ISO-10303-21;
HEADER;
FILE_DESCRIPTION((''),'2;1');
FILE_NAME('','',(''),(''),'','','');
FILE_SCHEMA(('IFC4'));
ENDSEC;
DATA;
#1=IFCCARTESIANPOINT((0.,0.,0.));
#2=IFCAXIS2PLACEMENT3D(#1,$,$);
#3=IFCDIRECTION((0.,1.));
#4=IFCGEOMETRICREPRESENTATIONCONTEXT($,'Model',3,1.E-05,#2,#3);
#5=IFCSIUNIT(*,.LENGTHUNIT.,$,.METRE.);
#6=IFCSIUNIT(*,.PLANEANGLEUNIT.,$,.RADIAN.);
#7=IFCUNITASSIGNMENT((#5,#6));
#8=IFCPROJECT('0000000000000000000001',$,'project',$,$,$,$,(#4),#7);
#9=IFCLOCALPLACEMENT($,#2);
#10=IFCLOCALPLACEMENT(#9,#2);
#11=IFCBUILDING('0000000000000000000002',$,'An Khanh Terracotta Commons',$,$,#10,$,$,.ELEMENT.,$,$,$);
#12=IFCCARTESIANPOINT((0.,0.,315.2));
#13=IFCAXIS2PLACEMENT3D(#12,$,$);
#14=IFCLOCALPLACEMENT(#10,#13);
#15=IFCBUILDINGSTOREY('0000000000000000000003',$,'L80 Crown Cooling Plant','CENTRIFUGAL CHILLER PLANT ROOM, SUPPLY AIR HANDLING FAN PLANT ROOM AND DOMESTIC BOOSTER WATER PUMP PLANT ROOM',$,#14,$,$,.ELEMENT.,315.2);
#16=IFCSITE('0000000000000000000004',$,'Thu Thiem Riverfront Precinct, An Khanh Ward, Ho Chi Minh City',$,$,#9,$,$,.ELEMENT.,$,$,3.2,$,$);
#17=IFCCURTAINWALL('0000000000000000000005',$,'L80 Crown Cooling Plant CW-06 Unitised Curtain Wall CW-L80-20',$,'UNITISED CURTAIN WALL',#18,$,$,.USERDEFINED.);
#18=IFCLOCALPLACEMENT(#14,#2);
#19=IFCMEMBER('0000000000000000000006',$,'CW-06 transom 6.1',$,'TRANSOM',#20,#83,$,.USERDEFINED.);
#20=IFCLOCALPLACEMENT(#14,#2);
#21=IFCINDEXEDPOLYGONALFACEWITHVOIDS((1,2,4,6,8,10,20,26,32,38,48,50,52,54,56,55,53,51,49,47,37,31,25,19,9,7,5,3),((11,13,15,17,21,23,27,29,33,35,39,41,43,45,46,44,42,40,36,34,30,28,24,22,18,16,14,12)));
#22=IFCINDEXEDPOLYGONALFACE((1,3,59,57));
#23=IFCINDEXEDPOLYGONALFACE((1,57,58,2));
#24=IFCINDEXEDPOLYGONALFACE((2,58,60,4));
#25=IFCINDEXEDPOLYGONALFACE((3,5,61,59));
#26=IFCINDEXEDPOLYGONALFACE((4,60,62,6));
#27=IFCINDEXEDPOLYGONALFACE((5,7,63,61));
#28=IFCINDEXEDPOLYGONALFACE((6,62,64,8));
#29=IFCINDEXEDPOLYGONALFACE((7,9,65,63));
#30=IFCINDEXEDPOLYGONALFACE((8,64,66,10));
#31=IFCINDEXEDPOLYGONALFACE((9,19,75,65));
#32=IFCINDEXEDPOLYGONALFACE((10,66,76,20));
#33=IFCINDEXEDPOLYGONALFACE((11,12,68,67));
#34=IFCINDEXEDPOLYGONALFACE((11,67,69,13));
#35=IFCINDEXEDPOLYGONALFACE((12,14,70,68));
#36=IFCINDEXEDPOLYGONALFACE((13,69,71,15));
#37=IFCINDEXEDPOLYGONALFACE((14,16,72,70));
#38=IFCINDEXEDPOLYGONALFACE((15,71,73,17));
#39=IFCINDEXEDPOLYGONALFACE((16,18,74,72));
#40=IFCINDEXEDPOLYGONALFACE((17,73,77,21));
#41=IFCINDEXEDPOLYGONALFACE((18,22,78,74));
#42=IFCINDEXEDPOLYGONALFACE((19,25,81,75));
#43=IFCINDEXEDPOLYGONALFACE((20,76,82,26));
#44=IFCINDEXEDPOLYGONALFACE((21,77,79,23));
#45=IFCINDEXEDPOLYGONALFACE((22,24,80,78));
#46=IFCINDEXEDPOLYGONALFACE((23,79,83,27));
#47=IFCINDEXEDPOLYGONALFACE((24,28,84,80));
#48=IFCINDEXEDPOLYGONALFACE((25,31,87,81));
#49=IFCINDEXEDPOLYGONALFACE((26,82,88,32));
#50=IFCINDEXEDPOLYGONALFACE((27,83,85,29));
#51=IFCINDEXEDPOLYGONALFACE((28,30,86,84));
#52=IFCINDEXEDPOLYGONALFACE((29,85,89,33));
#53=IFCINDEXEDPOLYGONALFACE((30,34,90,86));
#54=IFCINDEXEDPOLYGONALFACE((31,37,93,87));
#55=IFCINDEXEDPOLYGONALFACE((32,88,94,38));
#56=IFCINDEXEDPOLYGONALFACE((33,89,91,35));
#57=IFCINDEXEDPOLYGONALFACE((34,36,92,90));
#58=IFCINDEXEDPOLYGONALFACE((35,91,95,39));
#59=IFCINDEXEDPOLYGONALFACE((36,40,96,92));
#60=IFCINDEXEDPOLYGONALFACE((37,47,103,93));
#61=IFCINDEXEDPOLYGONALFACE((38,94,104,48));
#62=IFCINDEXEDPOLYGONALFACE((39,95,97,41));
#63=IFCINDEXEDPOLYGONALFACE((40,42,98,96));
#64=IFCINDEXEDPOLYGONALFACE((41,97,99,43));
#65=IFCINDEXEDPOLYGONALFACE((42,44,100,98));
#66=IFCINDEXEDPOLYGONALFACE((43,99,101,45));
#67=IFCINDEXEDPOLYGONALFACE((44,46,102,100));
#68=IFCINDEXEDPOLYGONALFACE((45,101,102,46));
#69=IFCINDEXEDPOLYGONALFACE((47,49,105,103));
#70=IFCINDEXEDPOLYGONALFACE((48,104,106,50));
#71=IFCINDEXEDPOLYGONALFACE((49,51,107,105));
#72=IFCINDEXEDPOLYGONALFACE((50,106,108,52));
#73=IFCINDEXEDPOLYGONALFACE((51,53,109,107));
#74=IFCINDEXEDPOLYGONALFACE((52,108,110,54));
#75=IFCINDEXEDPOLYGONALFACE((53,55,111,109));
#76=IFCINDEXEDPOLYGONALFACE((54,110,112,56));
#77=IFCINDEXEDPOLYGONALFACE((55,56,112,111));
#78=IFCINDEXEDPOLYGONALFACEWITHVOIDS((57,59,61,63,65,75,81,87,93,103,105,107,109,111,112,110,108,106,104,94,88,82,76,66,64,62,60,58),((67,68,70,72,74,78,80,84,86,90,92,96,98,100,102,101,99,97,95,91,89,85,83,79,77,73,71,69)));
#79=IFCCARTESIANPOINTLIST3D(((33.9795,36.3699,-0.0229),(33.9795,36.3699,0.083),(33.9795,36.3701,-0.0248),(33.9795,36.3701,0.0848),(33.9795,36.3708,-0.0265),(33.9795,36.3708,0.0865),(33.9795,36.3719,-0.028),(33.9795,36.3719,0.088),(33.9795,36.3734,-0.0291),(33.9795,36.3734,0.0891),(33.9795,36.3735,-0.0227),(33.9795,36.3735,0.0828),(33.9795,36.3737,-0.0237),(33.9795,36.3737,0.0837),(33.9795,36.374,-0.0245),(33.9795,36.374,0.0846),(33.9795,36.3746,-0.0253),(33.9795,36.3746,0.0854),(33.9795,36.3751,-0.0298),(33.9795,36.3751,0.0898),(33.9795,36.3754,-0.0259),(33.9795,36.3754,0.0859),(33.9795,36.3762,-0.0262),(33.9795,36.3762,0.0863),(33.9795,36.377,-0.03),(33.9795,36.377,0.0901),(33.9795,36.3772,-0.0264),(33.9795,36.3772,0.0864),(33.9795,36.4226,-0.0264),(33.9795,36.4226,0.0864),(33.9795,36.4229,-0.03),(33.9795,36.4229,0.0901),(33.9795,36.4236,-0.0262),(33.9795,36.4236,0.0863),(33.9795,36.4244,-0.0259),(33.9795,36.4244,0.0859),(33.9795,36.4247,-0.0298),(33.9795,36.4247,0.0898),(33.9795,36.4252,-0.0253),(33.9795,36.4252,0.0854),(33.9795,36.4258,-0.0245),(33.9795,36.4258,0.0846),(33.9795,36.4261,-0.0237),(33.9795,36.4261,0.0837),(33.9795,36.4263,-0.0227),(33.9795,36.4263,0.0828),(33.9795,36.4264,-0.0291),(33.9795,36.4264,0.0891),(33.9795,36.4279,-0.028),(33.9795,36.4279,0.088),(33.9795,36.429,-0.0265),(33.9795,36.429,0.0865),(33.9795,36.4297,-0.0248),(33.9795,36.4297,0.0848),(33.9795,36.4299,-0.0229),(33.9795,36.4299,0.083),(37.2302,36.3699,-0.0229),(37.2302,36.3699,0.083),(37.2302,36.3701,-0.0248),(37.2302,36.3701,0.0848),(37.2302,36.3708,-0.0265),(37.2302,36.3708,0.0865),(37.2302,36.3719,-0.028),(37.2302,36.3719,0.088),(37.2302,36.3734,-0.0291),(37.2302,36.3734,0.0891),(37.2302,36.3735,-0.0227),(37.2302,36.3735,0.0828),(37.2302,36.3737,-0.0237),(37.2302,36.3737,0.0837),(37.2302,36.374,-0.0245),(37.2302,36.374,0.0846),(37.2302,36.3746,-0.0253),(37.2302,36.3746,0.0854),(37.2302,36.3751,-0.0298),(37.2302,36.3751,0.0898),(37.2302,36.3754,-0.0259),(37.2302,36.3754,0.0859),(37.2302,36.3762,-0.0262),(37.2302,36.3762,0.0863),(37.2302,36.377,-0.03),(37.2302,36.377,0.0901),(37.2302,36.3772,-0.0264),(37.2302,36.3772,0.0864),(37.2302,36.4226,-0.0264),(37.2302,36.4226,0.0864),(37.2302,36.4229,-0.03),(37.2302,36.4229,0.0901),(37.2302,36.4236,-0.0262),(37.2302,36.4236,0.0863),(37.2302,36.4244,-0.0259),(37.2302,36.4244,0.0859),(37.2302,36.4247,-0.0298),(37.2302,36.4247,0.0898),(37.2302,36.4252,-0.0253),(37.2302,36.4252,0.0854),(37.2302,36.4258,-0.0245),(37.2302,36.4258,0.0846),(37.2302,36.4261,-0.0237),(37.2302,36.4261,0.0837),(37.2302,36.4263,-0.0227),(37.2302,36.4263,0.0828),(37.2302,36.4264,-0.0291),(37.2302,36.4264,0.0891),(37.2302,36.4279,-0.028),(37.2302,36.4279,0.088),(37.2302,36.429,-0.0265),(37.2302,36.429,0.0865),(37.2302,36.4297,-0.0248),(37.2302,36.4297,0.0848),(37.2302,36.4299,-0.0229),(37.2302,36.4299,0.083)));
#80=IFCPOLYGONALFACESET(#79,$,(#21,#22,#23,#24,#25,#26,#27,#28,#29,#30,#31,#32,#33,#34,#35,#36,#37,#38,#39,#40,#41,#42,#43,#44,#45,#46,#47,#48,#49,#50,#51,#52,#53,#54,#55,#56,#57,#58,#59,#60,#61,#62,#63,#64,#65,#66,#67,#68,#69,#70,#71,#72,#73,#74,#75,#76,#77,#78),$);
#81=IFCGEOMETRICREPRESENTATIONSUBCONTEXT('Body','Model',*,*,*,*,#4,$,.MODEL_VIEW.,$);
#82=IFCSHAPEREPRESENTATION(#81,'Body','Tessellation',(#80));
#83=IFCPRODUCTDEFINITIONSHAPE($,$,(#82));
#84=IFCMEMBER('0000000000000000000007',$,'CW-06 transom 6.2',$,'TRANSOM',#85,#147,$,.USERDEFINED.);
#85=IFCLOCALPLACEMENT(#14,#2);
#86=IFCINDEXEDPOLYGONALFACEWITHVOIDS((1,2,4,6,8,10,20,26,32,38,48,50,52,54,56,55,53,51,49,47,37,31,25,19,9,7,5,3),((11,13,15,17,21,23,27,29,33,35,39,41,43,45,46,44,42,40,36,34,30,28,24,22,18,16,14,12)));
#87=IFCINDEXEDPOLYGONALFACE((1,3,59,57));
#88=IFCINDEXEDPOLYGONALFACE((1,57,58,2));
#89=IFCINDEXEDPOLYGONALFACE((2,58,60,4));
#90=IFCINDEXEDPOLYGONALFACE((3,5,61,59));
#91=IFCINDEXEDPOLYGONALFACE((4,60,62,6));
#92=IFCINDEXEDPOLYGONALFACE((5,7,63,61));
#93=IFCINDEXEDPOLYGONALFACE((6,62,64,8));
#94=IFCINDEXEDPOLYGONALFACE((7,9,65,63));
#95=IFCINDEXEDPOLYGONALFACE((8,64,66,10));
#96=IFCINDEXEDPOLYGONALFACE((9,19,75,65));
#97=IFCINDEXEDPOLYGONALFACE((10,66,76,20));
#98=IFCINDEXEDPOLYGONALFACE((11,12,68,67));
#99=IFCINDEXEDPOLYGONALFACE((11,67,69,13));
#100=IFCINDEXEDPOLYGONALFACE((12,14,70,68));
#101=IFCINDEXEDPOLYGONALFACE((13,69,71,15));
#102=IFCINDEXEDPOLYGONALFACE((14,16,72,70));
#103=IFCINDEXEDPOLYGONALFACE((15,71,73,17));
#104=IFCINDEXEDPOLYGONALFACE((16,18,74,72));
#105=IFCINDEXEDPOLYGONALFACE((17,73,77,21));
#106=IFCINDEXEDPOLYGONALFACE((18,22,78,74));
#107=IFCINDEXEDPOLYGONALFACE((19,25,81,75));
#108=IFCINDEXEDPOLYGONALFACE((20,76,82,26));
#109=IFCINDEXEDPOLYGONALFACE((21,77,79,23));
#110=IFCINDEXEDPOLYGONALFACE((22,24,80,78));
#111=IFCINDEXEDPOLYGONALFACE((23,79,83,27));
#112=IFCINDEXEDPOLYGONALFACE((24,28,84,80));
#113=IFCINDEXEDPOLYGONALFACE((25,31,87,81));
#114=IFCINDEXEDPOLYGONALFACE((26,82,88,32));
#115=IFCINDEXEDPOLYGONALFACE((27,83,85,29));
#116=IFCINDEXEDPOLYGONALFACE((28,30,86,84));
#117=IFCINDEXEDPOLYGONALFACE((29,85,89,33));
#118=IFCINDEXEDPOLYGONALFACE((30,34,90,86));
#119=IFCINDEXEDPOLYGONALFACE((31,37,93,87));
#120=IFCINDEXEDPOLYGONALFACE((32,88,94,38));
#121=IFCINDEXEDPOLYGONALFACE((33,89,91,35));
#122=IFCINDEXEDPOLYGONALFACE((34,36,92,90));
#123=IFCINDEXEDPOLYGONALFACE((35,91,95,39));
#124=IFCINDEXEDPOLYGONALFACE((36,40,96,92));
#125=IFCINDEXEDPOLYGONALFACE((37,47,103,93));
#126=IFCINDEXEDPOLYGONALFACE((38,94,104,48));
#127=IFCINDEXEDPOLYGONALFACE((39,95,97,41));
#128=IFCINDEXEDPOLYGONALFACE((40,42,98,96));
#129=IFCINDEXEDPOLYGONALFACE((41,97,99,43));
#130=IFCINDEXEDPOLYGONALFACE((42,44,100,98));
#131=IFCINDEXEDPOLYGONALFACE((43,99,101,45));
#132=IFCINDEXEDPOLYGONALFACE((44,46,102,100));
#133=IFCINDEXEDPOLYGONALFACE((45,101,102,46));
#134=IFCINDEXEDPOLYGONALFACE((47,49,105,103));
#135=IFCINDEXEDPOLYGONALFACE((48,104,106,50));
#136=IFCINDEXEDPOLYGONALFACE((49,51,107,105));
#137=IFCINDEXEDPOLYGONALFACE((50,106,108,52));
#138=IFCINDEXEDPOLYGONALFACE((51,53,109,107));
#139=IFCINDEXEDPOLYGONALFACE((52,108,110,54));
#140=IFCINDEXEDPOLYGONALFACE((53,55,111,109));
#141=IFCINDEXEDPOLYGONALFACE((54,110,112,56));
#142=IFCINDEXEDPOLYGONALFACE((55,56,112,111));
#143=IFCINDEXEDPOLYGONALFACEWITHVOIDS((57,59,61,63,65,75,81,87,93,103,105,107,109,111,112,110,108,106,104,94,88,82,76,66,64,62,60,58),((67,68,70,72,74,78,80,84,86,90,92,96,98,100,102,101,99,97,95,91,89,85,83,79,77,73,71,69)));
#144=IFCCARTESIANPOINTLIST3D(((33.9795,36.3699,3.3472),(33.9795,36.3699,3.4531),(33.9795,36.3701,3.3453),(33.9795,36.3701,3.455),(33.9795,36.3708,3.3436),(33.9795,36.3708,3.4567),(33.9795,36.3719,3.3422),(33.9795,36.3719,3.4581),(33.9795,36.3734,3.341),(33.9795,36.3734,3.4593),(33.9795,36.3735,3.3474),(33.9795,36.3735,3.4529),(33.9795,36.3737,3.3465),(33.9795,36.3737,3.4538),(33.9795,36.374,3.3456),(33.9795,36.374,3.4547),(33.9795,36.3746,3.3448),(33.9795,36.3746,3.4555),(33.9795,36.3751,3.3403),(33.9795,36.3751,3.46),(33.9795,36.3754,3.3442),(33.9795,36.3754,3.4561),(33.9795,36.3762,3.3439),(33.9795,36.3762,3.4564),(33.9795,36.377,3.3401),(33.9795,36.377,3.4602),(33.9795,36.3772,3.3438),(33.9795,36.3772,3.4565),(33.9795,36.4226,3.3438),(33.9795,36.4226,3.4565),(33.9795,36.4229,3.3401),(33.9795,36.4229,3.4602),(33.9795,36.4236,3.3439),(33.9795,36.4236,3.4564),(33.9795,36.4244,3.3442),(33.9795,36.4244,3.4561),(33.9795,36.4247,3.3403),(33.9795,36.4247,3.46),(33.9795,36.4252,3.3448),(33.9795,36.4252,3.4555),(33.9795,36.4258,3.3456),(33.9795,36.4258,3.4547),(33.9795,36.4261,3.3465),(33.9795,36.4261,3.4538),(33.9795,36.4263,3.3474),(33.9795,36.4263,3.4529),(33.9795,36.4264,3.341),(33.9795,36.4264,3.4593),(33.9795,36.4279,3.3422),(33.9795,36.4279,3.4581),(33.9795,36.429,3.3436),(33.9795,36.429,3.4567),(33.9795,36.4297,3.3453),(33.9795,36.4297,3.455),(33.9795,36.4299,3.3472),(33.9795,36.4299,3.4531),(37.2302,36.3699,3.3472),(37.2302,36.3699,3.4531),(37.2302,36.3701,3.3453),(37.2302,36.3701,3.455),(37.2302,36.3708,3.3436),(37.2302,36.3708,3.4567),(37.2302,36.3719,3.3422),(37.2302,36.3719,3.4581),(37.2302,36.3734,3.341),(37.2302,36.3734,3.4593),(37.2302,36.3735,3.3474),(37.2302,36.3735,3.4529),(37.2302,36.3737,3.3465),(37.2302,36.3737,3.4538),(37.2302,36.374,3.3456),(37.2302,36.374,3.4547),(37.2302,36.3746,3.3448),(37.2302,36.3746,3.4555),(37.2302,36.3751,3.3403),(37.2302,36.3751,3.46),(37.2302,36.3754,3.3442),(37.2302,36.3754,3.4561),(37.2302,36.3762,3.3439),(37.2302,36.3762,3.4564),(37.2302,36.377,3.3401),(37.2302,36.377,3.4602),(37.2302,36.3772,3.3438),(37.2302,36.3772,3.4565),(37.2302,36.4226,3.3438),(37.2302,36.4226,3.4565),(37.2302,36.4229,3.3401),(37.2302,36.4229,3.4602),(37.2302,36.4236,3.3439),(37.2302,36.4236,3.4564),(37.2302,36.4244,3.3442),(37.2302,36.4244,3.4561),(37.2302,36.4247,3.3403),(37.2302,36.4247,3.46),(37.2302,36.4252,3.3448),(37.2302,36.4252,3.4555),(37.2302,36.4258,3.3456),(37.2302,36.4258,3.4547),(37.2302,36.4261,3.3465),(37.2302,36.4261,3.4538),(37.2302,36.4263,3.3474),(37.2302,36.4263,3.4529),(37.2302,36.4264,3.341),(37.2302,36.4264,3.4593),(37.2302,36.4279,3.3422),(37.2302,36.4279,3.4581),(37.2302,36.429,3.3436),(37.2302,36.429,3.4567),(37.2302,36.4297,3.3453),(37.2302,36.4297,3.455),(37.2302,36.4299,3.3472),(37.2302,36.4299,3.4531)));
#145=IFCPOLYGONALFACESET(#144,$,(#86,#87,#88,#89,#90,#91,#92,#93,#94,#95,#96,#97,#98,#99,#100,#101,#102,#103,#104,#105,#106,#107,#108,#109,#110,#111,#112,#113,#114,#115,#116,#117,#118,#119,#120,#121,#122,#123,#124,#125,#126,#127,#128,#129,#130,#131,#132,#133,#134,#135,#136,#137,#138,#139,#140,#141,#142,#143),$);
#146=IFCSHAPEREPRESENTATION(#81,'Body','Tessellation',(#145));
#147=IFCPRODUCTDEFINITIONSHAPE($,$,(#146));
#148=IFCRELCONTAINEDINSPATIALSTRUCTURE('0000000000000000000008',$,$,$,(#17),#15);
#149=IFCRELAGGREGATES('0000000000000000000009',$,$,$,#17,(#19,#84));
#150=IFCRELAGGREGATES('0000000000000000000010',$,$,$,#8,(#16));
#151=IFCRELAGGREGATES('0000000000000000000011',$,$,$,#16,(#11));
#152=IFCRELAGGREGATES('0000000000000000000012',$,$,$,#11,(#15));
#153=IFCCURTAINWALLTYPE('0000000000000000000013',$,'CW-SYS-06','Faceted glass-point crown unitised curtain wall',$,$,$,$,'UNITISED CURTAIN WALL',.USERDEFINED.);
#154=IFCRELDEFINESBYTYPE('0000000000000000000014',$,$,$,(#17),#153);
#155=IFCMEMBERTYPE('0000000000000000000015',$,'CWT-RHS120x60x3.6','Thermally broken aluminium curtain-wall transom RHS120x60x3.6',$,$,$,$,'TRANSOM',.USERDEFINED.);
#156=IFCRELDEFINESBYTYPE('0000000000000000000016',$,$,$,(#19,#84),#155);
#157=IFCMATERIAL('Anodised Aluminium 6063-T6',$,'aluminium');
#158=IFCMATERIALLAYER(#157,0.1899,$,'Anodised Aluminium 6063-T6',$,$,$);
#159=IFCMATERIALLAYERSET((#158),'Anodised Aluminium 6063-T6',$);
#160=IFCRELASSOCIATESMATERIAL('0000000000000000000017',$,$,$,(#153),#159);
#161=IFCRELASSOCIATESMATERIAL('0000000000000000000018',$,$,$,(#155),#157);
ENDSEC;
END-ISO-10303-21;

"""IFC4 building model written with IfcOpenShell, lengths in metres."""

from ifc_helpers import new_model, si_unit, direction, frame, origin, origin_2d, place, context, subcontext, project, spatial, hollow_rectangle, extrude, material, layer, layer_set, material_profile, profile_set, type_object, element, aggregate, save


model = new_model("IFC4")

# Units and contexts
model_context = context("Model", 3, precision=1e-05, world=origin(), true_north=direction((0.0, 1.0)))
body_context = subcontext(model_context, "Body", "Model", "MODEL_VIEW")
ifc_project = project(units=[si_unit("LENGTHUNIT", "METRE"), si_unit("PLANEANGLEUNIT", "RADIAN")], contexts=[model_context])

# Site, building, storey
site_placement = place(None, origin())
site = spatial("IfcSite", under=ifc_project, at=site_placement, Name="Thu Thiem Riverfront Precinct, An Khanh Ward, Ho Chi Minh City", CompositionType="ELEMENT", RefElevation=3.2)
building_placement = place(site_placement, origin())
building = spatial("IfcBuilding", under=site, at=building_placement, Name="An Khanh Terracotta Commons", CompositionType="ELEMENT")
storey_placement = place(building_placement, frame((0.0, 0.0, 315.2)))
storey = spatial("IfcBuildingStorey", under=building, at=storey_placement, Name="L80 Crown Cooling Plant", Description="CENTRIFUGAL CHILLER PLANT ROOM, SUPPLY AIR HANDLING FAN PLANT ROOM AND DOMESTIC BOOSTER WATER PUMP PLANT ROOM", CompositionType="ELEMENT", Elevation=315.2)

# Curtain wall, members
ifc_material_1 = material(Name="Anodised Aluminium 6063-T6", Category="aluminium")
ifc_layer_1 = layer(ifc_material_1, 0.1899, Name="Anodised Aluminium 6063-T6")
ifc_layer_set_1 = layer_set([ifc_layer_1], Name="Anodised Aluminium 6063-T6")
curtain_wall_type = type_object("IfcCurtainWallType", Name="CW-SYS-06", Description="Faceted glass-point crown unitised curtain wall", ElementType="UNITISED CURTAIN WALL", PredefinedType="USERDEFINED", material=ifc_layer_set_1)
curtain_wall_placement = place(storey_placement, origin())
curtain_wall = element("IfcCurtainWall", 1, at=curtain_wall_placement, inside=storey, type_object=curtain_wall_type, Name="L80 Crown Cooling Plant CW-06 Unitised Curtain Wall CW-L80-20", ObjectType="UNITISED CURTAIN WALL", PredefinedType="USERDEFINED")
ifc_material_profile_1 = material_profile(ifc_material_1, hollow_rectangle(XDim=0.0601, YDim=0.1201, WallThickness=0.0037, InnerFilletRadius=0.0037, OuterFilletRadius=0.0071, at=origin_2d()), Name="RHS120x60x3.6")
ifc_profile_set_1 = profile_set([ifc_material_profile_1], Name="Anodised Aluminium 6063-T6")
member_type_1 = type_object("IfcMemberType", Name="CWT-RHS120x60x3.6", Description="Thermally broken aluminium curtain-wall transom RHS120x60x3.6", ElementType="TRANSOM", PredefinedType="USERDEFINED", material=ifc_profile_set_1)
member_1_placement = place(storey_placement, frame((37.2302, 36.3999, 0.03), z_axis=(-1.0, 0.0, 0.0), x_axis=(0.0, -1.0, 0.0)))
member_1 = element("IfcMember", 2, at=member_1_placement, type_object=member_type_1, Name="CW-06 transom 6.1", ObjectType="TRANSOM", PredefinedType="USERDEFINED", context=body_context, shape_type="SweptSolid", body=[
    extrude(hollow_rectangle(XDim=0.0601, YDim=0.1201, WallThickness=0.0037, InnerFilletRadius=0.0037, OuterFilletRadius=0.0071, at=origin_2d()), origin(), (0.0, 0.0, 1.0), 3.2507),
])
member_2_placement = place(storey_placement, frame((37.2302, 36.3999, 3.4001), z_axis=(-1.0, 0.0, 0.0), x_axis=(0.0, -1.0, 0.0)))
member_2 = element("IfcMember", 3, at=member_2_placement, type_object=member_type_1, Name="CW-06 transom 6.2", ObjectType="TRANSOM", PredefinedType="USERDEFINED", context=body_context, shape_type="SweptSolid", body=[
    extrude(hollow_rectangle(XDim=0.0601, YDim=0.1201, WallThickness=0.0037, InnerFilletRadius=0.0037, OuterFilletRadius=0.0071, at=origin_2d()), origin(), (0.0, 0.0, 1.0), 3.2507),
])
aggregate(curtain_wall, [member_1, member_2])

save(model, "model.ifc")
